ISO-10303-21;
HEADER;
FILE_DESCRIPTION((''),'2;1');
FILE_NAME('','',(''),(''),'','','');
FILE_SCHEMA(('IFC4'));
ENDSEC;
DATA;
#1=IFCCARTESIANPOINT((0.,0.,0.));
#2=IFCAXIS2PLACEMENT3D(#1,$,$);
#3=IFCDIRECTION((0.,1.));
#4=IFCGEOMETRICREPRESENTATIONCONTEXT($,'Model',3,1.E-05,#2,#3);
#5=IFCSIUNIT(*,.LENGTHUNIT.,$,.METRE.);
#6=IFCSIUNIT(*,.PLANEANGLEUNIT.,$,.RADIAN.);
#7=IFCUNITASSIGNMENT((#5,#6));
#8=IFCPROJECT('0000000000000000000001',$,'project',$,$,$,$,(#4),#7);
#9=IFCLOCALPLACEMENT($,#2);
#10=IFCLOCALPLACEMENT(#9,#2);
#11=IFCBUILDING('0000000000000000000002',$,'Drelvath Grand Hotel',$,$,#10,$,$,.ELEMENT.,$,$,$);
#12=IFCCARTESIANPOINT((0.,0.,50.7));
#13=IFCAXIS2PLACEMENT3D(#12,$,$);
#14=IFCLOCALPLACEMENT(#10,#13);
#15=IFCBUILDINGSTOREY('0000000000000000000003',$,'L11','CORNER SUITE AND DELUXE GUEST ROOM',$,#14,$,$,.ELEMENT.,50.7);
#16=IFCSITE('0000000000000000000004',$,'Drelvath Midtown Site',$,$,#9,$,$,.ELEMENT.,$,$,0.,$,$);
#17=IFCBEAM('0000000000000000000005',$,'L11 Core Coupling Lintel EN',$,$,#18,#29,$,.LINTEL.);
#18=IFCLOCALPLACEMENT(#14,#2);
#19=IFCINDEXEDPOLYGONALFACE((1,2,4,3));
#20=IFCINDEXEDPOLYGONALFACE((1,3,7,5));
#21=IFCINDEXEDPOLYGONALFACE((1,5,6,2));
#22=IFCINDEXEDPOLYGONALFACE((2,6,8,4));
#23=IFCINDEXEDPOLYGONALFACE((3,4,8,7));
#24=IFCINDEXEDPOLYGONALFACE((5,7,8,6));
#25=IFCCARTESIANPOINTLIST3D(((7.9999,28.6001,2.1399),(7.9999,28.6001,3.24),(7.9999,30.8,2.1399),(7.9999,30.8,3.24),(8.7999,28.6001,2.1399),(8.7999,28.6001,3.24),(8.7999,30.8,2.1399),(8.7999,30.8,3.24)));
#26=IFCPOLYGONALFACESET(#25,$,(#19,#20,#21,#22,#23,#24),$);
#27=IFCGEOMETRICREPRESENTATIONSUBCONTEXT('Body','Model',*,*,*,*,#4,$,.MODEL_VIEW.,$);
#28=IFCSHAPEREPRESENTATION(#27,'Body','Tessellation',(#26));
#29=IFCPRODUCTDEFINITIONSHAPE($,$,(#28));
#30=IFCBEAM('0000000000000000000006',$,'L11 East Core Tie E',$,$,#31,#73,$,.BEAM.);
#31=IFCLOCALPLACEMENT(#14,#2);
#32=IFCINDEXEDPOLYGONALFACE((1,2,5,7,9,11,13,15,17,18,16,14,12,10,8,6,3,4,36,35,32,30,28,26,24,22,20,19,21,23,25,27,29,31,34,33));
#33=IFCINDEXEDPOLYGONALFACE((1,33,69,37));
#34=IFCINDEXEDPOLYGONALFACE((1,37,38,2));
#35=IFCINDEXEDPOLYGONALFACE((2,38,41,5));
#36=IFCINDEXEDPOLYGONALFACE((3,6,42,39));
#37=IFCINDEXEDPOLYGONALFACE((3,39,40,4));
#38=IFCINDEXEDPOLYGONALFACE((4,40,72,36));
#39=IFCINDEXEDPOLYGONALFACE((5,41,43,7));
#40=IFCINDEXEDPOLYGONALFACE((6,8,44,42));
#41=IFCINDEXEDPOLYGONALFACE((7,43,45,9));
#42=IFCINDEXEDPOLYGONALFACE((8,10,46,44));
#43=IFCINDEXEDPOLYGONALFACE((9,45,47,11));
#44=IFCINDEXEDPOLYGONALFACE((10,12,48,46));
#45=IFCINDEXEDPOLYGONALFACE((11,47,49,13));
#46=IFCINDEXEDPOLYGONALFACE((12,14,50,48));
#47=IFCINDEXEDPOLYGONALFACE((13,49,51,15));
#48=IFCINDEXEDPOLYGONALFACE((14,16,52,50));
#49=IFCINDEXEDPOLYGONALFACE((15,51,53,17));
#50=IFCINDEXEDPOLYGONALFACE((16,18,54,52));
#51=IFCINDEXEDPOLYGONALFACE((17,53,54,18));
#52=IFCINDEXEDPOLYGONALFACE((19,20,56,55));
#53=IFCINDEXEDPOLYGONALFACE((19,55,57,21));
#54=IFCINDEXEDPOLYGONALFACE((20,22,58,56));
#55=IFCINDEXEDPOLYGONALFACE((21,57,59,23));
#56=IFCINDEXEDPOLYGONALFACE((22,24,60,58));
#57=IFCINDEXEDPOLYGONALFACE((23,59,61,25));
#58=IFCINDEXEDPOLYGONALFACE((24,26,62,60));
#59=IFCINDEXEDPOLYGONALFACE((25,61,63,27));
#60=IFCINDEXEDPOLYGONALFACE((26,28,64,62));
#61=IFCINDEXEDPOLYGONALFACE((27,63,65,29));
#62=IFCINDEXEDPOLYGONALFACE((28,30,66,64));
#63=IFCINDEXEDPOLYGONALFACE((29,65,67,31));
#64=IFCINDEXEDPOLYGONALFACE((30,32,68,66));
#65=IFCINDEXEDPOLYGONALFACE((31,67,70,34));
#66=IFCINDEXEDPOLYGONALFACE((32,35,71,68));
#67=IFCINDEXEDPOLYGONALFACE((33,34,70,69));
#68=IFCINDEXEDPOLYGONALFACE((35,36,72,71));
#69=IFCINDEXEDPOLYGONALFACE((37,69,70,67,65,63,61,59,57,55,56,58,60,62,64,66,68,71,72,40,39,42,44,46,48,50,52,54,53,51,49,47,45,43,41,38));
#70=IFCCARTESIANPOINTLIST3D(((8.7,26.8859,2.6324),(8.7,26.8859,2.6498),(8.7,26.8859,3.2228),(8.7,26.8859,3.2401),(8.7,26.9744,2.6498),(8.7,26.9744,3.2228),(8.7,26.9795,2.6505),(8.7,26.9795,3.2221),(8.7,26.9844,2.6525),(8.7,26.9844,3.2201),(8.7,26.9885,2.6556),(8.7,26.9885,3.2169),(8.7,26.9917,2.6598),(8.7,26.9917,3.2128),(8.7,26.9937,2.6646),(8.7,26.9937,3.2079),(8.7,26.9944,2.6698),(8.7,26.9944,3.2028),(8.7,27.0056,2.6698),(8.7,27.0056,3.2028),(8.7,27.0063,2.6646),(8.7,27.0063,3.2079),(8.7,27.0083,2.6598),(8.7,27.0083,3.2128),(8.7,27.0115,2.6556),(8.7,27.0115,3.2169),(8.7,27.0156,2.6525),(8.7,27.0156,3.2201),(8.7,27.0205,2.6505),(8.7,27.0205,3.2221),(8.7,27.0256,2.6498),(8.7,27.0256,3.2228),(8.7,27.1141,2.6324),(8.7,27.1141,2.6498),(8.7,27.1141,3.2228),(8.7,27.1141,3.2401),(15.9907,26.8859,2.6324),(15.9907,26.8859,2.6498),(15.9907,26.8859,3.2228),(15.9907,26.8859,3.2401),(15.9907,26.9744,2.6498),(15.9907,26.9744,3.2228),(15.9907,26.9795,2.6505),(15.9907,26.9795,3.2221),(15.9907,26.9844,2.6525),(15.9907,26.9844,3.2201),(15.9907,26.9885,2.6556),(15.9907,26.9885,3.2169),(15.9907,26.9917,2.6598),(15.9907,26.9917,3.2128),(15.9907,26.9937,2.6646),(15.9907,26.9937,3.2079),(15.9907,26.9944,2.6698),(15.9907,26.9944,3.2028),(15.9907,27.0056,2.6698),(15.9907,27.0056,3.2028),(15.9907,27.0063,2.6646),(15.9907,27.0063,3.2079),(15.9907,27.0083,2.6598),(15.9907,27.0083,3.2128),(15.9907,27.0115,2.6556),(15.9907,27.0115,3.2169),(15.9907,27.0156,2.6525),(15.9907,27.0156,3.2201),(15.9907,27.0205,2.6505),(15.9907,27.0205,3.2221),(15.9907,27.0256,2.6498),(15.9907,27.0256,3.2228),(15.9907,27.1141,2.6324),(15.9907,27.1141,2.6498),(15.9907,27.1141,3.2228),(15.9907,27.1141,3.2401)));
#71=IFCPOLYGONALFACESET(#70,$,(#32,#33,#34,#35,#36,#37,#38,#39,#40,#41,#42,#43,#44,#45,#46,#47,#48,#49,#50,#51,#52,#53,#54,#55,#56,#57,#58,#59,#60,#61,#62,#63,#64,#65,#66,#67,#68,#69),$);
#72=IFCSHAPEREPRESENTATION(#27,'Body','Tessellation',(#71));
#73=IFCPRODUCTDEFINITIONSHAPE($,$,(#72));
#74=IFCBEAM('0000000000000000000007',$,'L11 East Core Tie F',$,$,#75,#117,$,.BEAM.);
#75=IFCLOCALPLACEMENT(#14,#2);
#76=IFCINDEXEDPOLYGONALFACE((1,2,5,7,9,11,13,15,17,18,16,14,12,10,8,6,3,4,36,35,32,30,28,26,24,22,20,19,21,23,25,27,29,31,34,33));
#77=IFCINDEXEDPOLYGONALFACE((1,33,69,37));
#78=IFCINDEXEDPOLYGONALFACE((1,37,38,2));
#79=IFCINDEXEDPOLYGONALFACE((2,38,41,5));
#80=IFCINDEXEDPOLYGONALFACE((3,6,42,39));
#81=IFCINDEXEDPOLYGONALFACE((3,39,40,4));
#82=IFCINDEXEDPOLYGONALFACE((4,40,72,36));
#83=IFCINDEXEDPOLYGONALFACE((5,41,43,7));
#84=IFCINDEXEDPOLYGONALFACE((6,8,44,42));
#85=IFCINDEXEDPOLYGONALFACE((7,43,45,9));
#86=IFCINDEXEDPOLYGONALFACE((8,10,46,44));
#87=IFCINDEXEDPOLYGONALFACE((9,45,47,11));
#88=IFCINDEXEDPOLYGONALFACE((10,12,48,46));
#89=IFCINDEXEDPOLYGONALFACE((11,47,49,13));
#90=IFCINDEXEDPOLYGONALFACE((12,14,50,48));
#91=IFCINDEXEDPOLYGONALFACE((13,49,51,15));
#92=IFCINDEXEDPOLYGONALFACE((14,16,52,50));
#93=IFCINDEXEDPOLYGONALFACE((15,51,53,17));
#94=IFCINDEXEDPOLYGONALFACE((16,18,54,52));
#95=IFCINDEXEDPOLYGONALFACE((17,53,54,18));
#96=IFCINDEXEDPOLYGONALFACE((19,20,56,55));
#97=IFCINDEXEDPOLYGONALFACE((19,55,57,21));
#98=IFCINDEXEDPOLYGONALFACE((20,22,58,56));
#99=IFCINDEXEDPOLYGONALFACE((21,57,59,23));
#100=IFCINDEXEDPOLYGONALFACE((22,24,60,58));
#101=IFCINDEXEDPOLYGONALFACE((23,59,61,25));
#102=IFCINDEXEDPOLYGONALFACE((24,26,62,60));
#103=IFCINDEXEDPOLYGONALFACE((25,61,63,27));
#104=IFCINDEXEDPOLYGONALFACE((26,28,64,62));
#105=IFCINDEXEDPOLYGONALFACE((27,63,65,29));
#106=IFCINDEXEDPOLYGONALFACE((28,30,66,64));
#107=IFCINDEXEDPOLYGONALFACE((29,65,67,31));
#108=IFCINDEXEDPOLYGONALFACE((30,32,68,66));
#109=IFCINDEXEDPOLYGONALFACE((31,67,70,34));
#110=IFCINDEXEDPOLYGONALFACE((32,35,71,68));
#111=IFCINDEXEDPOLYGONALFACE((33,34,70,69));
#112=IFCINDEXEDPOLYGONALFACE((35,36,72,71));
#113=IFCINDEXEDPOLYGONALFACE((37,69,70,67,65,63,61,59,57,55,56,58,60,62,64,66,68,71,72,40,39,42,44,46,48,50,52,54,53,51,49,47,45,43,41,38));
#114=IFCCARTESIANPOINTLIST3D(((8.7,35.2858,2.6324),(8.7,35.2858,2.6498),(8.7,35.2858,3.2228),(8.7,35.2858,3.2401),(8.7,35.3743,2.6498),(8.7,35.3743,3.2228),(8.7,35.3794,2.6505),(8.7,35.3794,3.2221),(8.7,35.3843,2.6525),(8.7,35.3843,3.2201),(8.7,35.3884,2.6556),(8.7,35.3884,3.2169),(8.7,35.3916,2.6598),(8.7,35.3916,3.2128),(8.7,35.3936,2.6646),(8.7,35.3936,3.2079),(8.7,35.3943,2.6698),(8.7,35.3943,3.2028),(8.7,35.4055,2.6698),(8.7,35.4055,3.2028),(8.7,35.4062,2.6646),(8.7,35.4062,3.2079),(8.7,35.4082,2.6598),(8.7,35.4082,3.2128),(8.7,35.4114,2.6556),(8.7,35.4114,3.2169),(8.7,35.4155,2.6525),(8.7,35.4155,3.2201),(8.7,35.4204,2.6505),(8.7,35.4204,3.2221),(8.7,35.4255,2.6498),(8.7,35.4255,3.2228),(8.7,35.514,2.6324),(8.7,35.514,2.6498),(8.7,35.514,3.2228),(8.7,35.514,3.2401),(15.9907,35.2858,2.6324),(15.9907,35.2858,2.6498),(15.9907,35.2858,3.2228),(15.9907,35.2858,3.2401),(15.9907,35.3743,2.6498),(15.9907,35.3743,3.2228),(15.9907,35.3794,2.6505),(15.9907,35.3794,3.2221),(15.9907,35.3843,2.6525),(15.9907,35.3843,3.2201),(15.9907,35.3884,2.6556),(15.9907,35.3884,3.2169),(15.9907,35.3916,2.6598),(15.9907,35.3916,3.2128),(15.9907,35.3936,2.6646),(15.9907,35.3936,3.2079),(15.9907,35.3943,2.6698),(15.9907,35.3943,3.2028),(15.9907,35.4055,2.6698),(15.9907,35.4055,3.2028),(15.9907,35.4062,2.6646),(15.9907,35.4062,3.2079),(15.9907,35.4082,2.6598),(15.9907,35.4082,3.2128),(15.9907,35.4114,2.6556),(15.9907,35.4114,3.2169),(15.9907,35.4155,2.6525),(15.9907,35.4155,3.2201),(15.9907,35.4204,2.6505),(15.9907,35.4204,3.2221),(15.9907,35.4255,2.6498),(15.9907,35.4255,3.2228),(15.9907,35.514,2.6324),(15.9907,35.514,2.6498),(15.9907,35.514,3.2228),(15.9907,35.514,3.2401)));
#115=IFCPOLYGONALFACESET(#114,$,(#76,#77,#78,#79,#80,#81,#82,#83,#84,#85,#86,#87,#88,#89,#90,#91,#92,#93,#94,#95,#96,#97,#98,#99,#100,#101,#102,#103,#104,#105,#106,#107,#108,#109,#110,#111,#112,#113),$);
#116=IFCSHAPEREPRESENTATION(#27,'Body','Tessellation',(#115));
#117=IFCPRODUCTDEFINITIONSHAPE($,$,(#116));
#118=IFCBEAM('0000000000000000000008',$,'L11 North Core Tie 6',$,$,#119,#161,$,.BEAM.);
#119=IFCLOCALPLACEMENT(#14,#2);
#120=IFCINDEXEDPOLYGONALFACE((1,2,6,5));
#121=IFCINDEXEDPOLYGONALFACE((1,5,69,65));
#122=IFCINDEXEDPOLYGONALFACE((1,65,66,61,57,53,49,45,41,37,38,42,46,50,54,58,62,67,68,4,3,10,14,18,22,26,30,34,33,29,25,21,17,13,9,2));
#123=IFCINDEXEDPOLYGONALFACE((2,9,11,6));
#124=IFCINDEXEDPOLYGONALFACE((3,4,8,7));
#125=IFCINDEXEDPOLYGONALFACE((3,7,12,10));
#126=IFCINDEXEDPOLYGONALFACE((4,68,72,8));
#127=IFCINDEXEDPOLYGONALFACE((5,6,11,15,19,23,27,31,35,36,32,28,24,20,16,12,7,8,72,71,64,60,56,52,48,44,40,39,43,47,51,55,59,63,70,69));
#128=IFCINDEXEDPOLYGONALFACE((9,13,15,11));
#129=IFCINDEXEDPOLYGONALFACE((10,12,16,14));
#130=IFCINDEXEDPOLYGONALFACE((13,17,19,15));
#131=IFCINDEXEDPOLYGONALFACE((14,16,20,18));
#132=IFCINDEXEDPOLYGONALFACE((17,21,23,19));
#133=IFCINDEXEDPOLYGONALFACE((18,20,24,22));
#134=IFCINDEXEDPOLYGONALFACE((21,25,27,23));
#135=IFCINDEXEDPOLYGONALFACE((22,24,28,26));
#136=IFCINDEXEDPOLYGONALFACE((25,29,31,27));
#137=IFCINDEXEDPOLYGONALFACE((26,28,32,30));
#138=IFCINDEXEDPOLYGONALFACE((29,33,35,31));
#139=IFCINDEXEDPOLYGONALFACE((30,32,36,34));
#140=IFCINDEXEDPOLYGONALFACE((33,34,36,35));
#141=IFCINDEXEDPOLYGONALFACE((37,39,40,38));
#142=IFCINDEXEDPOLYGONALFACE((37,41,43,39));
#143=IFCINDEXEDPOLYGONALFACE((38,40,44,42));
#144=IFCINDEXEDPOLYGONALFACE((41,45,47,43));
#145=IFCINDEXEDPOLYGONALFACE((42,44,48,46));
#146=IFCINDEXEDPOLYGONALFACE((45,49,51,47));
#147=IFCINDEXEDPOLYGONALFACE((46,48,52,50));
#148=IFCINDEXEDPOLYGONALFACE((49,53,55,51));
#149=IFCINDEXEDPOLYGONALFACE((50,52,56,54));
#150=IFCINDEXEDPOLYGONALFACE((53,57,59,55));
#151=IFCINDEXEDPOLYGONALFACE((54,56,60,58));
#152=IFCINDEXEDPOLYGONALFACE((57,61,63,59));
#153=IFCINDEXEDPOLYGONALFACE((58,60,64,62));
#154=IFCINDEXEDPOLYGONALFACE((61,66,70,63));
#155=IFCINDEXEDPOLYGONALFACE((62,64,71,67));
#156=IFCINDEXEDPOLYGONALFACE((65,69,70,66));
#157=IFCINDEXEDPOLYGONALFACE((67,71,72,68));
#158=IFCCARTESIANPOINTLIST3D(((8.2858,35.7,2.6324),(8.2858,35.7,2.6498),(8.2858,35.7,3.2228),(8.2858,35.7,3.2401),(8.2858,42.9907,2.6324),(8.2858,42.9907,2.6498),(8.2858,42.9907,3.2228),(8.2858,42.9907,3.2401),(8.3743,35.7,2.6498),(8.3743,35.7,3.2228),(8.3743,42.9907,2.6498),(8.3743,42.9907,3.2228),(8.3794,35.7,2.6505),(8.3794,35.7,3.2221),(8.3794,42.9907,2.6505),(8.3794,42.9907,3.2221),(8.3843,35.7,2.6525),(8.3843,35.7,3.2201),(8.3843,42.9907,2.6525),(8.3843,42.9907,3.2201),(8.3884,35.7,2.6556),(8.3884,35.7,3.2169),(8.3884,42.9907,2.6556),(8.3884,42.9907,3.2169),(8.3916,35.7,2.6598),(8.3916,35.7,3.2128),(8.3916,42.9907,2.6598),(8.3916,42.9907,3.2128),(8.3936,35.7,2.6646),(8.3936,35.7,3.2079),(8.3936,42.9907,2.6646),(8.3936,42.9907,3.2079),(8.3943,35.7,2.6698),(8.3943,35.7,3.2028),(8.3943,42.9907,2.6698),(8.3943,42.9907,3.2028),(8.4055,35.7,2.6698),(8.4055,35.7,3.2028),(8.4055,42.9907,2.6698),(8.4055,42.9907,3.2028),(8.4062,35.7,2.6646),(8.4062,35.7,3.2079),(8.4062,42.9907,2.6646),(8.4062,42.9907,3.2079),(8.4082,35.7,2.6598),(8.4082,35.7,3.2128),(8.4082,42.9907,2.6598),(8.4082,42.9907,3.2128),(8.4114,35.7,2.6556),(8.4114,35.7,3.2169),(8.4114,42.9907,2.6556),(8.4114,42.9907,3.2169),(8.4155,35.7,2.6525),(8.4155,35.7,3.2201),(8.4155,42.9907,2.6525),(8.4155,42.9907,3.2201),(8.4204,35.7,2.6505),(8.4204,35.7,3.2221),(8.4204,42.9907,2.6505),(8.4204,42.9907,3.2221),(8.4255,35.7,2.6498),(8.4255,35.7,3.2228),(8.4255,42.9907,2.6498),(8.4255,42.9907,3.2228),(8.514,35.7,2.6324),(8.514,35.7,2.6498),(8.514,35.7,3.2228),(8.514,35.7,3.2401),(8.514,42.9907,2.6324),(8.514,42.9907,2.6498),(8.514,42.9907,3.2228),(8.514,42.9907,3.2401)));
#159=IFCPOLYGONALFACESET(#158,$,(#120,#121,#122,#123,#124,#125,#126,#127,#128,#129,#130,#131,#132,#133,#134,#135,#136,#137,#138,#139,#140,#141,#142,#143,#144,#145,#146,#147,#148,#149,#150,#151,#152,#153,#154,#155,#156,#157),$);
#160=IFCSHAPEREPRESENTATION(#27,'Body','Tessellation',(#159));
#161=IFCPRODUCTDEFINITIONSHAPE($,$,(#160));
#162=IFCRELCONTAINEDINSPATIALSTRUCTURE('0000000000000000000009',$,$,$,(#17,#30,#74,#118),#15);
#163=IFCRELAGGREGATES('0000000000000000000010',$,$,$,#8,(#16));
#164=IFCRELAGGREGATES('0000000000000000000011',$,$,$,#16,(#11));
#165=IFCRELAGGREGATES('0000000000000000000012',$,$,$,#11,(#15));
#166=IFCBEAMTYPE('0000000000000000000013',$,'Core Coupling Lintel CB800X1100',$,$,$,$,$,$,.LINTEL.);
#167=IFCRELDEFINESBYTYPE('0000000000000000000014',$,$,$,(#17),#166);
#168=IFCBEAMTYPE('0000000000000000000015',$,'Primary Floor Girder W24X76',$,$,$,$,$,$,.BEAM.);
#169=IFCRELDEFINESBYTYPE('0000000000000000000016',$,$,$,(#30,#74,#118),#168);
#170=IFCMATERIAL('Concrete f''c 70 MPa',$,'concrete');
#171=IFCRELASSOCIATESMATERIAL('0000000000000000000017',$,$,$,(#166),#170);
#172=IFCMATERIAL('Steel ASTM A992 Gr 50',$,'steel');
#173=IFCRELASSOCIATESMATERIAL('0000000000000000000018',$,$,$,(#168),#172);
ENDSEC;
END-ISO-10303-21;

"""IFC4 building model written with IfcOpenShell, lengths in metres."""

from ifc_helpers import new_model, si_unit, direction, frame, origin, origin_2d, place, context, subcontext, project, spatial, rectangle, i_section, extrude, material, material_profile, profile_set, type_object, element, save


model = new_model("IFC4")

# Units and contexts
model_context = context("Model", 3, precision=1e-05, world=origin(), true_north=direction((0.0, 1.0)))
body_context = subcontext(model_context, "Body", "Model", "MODEL_VIEW")
ifc_project = project(units=[si_unit("LENGTHUNIT", "METRE"), si_unit("PLANEANGLEUNIT", "RADIAN")], contexts=[model_context])

# Site, building, storey
site_placement = place(None, origin())
site = spatial("IfcSite", under=ifc_project, at=site_placement, Name="Drelvath Midtown Site", CompositionType="ELEMENT", RefElevation=0.0)
building_placement = place(site_placement, origin())
building = spatial("IfcBuilding", under=site, at=building_placement, Name="Drelvath Grand Hotel", CompositionType="ELEMENT")
storey_placement = place(building_placement, frame((0.0, 0.0, 50.7)))
storey = spatial("IfcBuildingStorey", under=building, at=storey_placement, Name="L11", Description="CORNER SUITE AND DELUXE GUEST ROOM", CompositionType="ELEMENT", Elevation=50.7)

# Beams
ifc_material_1 = material(Name="Concrete f'c 70 MPa", Category="concrete")
ifc_material_profile_1 = material_profile(ifc_material_1, rectangle(XDim=0.8, YDim=1.1001, at=origin_2d()), Name="CB800X1100")
ifc_profile_set_1 = profile_set([ifc_material_profile_1], Name="Concrete f'c 70 MPa")
beam_type_1 = type_object("IfcBeamType", Name="Core Coupling Lintel CB800X1100", PredefinedType="LINTEL", material=ifc_profile_set_1)
beam_placement = place(storey_placement, frame((8.3999, 28.6001, 2.6899), z_axis=(0.0, 1.0, 0.0), x_axis=(-1.0, 0.0, 0.0)))
element("IfcBeam", 1, at=beam_placement, inside=storey, type_object=beam_type_1, Name="L11 Core Coupling Lintel EN", PredefinedType="LINTEL", context=body_context, shape_type="SweptSolid", body=[
    extrude(rectangle(XDim=0.8, YDim=1.1001, at=origin_2d()), origin(), (0.0, 0.0, 1.0), 2.2),
])
ifc_material_2 = material(Name="Steel ASTM A992 Gr 50", Category="steel")
ifc_material_profile_2 = material_profile(ifc_material_2, i_section(OverallWidth=0.2283, OverallDepth=0.6077, WebThickness=0.0112, FlangeThickness=0.0173, FilletRadius=0.02, at=origin_2d()), Name="W24X76")
ifc_profile_set_2 = profile_set([ifc_material_profile_2], Name="Steel ASTM A992 Gr 50")
beam_type_2 = type_object("IfcBeamType", Name="Primary Floor Girder W24X76", PredefinedType="BEAM", material=ifc_profile_set_2)
for number, where, z_axis, x_axis, name in (
    (2, (8.7, 27.0, 2.9363), (1.0, 0.0, 0.0), (0.0, 1.0, 0.0), "L11 East Core Tie E"),
    (3, (8.7, 35.3999, 2.9363), (1.0, 0.0, 0.0), (0.0, 1.0, 0.0), "L11 East Core Tie F"),
    (4, (8.3999, 35.7, 2.9363), (0.0, 1.0, 0.0), (-1.0, 0.0, 0.0), "L11 North Core Tie 6"),
):
    element("IfcBeam", number, at=place(storey_placement, frame(where, z_axis=z_axis, x_axis=x_axis)), inside=storey, type_object=beam_type_2, Name=name, PredefinedType="BEAM", context=body_context, shape_type="SweptSolid", body=[
        extrude(i_section(OverallWidth=0.2283, OverallDepth=0.6077, WebThickness=0.0112, FlangeThickness=0.0173, FilletRadius=0.02, at=origin_2d()), origin(), (0.0, 0.0, 1.0), 7.2908),
    ])

save(model, "model.ifc")
